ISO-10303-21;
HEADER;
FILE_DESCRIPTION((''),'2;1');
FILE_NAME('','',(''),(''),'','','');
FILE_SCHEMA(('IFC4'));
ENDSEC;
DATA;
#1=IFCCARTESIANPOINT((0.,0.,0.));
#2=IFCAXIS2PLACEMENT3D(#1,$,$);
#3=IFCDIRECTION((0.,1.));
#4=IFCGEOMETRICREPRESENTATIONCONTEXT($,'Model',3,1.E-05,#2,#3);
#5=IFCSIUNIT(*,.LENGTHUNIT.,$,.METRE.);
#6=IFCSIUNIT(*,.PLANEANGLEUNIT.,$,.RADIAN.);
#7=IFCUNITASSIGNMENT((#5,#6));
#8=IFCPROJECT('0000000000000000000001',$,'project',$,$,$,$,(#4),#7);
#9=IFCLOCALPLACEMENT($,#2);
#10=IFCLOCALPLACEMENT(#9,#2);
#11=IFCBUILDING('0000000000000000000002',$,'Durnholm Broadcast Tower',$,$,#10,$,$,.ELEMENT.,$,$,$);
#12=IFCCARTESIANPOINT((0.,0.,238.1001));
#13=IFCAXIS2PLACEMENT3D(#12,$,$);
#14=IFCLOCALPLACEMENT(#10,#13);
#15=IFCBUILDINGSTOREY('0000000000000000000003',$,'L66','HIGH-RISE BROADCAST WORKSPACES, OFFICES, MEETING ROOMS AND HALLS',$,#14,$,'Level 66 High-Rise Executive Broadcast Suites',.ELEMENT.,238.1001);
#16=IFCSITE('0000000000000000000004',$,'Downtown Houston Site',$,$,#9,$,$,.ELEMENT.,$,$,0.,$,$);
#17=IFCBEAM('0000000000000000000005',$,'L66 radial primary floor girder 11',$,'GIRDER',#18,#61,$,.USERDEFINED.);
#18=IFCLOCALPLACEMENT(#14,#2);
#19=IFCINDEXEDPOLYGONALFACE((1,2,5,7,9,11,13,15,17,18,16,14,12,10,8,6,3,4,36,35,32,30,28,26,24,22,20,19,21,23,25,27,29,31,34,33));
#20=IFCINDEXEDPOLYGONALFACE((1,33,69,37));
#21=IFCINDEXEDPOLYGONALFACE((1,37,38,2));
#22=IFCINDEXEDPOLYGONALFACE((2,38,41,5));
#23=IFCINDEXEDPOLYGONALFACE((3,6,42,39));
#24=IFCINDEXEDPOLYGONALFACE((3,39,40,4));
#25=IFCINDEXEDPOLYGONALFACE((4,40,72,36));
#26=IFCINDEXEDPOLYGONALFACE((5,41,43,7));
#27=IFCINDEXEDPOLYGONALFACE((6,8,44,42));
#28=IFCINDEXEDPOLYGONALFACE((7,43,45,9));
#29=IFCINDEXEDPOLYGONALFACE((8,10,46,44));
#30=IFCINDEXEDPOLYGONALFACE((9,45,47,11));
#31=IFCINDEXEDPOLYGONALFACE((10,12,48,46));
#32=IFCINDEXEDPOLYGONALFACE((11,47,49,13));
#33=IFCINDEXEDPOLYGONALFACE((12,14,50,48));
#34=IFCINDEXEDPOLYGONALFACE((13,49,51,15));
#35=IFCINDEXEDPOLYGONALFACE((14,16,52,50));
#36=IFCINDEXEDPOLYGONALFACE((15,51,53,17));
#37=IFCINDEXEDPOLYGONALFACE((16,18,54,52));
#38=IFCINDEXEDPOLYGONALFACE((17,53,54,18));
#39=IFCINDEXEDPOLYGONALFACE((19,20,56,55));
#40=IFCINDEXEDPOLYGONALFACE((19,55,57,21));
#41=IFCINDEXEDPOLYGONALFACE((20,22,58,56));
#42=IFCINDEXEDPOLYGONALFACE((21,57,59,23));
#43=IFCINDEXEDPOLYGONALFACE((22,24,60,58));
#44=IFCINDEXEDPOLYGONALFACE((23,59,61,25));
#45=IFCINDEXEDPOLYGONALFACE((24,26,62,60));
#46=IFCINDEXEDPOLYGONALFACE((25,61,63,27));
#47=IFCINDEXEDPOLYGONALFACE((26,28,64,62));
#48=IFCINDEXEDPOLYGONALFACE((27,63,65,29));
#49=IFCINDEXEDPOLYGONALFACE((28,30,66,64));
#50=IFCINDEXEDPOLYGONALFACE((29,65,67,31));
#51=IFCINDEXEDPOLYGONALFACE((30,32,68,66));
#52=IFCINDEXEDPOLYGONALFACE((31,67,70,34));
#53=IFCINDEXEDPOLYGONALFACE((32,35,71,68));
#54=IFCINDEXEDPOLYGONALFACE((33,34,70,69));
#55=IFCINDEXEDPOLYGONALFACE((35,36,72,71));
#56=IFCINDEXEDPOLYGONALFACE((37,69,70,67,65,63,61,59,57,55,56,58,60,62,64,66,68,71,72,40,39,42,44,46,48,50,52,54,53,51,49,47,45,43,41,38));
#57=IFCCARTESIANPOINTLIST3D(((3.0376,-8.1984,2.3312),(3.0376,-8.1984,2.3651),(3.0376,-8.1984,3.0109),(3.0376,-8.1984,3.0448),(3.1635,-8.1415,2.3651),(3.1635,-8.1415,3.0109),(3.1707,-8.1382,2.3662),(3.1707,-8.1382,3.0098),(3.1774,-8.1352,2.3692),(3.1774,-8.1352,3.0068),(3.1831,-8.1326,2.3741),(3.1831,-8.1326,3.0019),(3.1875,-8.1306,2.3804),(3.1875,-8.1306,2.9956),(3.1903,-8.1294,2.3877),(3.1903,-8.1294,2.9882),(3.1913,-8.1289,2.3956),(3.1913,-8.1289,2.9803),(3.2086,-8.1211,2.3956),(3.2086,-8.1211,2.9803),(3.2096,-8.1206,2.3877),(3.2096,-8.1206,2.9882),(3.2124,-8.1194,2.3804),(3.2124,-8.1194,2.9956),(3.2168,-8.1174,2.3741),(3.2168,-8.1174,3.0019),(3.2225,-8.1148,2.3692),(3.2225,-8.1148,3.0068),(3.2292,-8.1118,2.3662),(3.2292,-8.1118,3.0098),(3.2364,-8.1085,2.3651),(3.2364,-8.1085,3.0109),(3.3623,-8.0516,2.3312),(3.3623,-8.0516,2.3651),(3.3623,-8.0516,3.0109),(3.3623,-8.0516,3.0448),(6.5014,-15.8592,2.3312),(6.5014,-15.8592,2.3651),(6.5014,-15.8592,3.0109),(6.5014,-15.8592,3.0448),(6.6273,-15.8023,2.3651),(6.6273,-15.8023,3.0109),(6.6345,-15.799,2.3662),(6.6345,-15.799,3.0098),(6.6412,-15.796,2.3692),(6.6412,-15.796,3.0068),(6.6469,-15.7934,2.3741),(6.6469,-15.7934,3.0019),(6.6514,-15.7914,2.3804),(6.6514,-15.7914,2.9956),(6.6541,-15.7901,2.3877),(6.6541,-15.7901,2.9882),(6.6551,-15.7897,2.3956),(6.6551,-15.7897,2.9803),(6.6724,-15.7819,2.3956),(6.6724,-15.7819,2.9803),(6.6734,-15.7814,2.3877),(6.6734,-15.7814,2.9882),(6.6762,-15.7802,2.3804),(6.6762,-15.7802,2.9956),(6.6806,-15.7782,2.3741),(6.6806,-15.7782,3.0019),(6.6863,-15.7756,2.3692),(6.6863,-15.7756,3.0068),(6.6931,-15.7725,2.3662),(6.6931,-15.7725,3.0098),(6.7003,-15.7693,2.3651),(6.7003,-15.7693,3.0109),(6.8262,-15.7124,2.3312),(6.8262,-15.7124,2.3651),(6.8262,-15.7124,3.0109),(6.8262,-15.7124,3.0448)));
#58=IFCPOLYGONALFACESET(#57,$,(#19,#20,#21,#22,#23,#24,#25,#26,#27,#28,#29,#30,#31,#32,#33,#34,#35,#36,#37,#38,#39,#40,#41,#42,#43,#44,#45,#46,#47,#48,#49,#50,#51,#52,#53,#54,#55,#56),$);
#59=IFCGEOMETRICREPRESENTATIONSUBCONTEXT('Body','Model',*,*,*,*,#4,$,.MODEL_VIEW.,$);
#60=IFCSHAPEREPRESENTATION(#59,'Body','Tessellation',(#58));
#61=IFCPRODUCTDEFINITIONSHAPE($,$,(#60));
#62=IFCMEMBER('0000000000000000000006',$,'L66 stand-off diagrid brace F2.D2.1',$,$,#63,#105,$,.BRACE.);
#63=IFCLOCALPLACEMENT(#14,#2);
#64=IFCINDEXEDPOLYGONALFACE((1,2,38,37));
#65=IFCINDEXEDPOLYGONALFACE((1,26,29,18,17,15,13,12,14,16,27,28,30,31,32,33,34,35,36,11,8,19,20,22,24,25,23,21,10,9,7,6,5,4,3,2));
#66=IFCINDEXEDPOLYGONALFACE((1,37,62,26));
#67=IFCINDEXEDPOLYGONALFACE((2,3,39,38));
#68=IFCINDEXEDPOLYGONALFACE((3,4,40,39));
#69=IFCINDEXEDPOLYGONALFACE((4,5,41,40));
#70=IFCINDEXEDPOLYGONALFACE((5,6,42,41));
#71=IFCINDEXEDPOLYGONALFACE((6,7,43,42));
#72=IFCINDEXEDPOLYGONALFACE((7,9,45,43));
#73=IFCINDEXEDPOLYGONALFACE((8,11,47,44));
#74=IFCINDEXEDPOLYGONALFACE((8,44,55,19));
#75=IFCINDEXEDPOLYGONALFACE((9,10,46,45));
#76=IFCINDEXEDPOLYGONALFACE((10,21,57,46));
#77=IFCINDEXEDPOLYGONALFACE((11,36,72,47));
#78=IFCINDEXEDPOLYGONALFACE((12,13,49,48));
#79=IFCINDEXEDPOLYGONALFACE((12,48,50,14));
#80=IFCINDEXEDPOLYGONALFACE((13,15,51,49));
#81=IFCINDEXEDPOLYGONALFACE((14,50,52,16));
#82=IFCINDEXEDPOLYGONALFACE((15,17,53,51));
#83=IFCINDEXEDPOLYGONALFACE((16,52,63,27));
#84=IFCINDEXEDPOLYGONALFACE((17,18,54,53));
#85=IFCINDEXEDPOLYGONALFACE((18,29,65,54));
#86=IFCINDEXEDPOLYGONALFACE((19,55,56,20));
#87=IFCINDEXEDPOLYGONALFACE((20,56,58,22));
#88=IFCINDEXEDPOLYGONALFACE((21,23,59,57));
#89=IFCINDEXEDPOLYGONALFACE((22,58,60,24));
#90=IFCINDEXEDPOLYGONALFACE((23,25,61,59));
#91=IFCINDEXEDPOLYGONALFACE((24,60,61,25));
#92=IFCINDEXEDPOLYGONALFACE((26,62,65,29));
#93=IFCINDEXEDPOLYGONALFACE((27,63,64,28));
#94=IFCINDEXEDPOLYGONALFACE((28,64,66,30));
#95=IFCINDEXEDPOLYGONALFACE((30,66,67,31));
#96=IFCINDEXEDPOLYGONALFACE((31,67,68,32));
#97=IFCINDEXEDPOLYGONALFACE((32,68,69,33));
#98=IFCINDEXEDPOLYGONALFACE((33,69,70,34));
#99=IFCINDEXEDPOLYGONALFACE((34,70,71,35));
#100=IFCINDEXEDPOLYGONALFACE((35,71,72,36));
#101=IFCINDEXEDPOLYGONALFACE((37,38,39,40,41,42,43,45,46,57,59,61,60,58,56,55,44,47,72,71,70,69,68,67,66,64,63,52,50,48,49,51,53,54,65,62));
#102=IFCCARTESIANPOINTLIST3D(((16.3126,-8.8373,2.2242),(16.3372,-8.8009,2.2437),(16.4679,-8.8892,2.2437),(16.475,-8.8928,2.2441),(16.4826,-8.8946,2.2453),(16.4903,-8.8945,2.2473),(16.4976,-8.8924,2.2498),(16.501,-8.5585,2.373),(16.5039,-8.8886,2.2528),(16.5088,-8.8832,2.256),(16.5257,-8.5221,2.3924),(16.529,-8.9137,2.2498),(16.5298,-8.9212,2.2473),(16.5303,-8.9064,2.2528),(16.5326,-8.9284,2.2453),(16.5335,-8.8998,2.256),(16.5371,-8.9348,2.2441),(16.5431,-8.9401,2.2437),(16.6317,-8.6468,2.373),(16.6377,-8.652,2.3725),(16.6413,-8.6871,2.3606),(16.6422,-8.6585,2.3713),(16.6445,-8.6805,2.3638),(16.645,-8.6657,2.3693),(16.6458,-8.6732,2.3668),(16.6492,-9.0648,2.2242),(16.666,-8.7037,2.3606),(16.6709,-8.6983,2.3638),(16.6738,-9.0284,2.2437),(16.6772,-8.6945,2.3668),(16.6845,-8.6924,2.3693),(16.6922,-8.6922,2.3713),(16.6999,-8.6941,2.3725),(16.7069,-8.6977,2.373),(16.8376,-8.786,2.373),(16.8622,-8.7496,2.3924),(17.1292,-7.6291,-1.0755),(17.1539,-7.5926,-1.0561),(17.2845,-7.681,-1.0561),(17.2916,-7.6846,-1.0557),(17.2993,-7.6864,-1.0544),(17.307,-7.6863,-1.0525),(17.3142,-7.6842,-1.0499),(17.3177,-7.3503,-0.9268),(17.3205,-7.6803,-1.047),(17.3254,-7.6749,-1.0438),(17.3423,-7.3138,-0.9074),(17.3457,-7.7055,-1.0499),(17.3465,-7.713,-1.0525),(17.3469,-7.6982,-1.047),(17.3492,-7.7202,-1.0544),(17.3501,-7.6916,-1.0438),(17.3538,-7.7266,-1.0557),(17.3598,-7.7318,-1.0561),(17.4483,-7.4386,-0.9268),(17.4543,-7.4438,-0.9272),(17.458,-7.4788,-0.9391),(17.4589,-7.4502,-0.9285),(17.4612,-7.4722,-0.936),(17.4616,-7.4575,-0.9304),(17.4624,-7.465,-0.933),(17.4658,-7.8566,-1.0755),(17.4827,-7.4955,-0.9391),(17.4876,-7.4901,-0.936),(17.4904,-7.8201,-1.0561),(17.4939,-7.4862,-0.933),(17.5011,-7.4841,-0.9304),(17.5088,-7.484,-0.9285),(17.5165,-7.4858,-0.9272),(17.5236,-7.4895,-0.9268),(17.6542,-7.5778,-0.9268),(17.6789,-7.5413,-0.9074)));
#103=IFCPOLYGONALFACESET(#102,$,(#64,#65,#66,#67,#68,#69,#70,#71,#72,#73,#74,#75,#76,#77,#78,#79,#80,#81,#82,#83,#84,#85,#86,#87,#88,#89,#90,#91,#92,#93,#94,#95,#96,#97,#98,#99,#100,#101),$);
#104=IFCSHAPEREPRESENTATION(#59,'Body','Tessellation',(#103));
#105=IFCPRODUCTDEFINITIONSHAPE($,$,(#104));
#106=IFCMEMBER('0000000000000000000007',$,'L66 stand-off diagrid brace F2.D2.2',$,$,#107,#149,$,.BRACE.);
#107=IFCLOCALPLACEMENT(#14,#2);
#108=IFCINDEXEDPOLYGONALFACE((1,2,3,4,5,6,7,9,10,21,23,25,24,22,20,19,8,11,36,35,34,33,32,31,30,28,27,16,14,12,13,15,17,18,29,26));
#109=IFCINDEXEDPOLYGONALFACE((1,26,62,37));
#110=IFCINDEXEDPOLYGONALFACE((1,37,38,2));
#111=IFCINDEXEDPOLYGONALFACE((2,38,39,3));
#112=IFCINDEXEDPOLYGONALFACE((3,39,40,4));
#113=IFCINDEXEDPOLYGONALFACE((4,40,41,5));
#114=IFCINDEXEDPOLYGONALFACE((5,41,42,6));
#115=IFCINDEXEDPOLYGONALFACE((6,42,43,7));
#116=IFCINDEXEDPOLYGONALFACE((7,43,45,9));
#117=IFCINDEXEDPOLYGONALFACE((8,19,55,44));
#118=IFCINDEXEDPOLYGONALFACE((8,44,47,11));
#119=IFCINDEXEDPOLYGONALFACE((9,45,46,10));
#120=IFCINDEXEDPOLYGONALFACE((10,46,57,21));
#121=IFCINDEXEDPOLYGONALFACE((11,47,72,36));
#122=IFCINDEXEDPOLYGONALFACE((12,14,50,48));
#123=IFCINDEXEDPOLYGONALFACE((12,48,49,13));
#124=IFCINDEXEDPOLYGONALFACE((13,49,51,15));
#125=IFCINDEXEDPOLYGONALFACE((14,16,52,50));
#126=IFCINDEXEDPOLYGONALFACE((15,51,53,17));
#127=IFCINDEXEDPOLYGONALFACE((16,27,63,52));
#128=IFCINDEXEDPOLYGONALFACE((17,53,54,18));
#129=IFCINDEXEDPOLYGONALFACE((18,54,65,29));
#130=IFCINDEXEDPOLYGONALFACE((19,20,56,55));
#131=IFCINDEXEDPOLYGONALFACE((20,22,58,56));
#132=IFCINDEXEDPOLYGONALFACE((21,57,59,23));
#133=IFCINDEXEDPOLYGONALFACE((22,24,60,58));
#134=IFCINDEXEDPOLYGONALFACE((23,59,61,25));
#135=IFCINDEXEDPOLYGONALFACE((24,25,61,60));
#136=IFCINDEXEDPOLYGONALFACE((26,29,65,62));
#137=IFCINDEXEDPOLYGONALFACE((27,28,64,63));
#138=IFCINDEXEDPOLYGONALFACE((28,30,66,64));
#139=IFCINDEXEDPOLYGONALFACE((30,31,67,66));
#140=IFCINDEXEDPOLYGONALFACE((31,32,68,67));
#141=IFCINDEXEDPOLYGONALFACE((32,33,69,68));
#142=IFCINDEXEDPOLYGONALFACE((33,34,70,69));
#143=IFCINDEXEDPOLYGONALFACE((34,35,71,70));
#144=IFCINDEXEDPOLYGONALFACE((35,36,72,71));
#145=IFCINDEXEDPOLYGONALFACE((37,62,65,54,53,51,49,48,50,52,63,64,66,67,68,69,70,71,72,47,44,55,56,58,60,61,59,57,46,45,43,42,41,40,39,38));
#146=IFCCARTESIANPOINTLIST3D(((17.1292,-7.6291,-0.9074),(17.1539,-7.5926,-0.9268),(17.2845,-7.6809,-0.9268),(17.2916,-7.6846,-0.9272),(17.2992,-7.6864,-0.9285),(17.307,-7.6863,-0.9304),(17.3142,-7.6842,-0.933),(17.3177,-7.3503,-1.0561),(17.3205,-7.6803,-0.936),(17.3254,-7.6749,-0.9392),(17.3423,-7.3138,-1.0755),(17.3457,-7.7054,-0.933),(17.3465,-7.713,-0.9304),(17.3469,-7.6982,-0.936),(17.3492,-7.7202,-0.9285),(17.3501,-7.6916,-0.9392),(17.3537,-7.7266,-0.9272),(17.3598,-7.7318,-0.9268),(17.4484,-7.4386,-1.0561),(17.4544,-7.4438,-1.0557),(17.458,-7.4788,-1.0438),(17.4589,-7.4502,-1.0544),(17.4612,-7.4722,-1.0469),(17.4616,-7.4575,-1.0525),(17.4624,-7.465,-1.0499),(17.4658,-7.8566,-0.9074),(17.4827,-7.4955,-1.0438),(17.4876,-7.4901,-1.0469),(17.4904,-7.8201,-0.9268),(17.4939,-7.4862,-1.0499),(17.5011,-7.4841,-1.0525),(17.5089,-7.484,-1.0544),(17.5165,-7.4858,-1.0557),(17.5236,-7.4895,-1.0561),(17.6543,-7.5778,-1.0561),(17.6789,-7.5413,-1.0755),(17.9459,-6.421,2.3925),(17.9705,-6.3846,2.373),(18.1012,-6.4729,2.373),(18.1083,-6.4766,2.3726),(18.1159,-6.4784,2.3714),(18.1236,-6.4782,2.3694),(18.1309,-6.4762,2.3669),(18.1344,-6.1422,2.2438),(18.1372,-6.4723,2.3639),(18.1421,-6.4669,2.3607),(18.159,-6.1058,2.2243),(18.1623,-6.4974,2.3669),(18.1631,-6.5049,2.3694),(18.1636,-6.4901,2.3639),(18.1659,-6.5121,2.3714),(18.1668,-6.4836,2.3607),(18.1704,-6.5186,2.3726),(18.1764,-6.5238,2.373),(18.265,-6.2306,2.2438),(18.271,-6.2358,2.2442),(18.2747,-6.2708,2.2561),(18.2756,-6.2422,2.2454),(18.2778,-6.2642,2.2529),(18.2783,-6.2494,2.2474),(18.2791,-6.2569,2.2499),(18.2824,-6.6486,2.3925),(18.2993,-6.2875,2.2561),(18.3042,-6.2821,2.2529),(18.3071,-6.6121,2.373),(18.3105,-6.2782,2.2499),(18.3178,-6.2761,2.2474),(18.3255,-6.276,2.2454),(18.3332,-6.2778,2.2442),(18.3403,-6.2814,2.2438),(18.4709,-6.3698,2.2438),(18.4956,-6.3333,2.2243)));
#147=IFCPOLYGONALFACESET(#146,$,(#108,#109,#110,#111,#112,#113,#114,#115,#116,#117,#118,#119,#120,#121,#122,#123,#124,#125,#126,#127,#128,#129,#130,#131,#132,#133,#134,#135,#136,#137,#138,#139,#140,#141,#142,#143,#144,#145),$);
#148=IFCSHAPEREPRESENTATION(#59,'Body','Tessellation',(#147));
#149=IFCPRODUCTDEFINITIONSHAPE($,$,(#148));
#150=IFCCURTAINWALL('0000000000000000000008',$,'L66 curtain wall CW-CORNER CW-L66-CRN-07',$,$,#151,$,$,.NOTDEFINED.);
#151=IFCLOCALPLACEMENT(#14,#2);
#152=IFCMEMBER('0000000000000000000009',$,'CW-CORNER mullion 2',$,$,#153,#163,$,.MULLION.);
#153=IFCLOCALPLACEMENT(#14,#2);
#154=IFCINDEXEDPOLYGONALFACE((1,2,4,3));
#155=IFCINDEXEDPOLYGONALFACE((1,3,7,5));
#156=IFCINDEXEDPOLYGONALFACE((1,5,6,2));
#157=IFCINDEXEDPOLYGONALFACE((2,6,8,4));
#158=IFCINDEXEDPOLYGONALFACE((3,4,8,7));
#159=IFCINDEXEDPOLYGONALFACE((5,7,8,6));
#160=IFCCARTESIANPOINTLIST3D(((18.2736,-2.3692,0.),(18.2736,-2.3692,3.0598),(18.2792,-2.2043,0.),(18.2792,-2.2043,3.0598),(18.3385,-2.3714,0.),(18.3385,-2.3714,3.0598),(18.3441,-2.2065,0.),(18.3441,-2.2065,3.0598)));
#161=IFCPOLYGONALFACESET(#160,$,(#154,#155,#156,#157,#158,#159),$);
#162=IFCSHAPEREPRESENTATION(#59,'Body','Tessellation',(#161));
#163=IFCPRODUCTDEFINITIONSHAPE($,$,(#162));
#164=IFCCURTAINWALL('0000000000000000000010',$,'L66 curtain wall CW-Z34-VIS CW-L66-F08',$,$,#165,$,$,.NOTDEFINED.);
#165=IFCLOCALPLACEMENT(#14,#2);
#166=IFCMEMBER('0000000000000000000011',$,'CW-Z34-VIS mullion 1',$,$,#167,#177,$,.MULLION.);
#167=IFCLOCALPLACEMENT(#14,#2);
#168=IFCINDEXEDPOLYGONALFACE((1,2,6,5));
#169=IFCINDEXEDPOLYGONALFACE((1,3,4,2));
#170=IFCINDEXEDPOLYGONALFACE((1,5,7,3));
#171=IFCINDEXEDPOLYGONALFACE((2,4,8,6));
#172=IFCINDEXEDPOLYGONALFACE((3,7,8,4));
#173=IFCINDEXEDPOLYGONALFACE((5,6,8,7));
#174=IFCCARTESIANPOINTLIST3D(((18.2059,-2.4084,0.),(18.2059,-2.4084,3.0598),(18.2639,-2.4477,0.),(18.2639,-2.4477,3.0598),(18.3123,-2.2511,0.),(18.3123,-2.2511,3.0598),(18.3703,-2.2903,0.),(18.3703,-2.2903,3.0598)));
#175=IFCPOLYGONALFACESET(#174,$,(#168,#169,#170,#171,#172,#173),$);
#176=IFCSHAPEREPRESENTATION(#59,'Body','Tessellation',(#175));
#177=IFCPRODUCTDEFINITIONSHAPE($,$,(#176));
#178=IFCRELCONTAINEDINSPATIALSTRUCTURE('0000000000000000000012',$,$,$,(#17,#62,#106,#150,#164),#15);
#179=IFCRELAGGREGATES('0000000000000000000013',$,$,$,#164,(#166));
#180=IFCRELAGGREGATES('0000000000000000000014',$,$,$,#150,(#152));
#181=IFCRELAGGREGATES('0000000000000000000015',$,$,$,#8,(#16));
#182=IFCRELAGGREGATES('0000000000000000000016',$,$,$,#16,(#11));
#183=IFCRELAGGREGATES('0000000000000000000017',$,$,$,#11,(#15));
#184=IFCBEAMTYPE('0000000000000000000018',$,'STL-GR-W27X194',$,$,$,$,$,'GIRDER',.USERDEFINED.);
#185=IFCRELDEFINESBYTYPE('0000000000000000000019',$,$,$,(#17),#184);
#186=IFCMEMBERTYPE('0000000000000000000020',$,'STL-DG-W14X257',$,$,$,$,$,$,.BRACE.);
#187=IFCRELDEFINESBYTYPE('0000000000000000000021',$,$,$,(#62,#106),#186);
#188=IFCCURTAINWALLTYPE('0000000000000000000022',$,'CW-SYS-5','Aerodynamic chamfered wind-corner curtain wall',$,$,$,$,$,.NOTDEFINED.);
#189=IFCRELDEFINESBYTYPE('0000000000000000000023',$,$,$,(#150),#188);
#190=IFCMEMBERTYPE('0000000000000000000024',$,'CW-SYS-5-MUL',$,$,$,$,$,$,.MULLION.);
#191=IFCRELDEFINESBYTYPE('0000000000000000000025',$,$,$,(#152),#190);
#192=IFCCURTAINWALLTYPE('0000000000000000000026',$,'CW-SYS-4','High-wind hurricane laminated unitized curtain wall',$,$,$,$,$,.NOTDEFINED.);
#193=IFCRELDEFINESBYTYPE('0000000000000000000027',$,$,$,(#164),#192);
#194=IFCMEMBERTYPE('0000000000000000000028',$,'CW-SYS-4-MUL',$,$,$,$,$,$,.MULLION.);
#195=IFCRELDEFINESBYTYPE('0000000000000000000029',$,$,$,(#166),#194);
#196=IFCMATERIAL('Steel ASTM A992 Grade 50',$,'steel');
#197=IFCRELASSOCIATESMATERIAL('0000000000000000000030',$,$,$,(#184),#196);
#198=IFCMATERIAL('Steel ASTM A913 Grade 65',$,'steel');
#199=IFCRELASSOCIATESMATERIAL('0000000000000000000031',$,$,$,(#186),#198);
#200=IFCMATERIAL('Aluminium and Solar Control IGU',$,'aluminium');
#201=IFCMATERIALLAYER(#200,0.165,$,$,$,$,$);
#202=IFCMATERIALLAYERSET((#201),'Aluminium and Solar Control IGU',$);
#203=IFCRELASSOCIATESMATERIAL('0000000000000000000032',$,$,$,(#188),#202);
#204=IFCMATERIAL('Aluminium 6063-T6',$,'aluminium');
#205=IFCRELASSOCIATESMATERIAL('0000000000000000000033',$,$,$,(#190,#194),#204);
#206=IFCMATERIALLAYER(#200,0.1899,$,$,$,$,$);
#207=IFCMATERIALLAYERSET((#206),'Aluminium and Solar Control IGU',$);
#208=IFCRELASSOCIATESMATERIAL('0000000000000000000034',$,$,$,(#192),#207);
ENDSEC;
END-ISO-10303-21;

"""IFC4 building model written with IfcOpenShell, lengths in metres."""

from ifc_helpers import new_model, si_unit, direction, frame, origin, origin_2d, place, context, subcontext, project, spatial, rectangle, i_section, extrude, source, transform, mapped, material, layer, layer_set, material_profile, profile_set, type_object, type_shapes, element, aggregate, save


model = new_model("IFC4")

# Units and contexts
model_context = context("Model", 3, precision=1e-05, world=origin(), true_north=direction((0.0, 1.0)))
body_context = subcontext(model_context, "Body", "Model", "MODEL_VIEW")
ifc_project = project(units=[si_unit("LENGTHUNIT", "METRE"), si_unit("PLANEANGLEUNIT", "RADIAN")], contexts=[model_context])

# Site, building, storey
site_placement = place(None, origin())
site = spatial("IfcSite", under=ifc_project, at=site_placement, Name="Downtown Houston Site", CompositionType="ELEMENT", RefElevation=0.0)
building_placement = place(site_placement, origin())
building = spatial("IfcBuilding", under=site, at=building_placement, Name="Durnholm Broadcast Tower", CompositionType="ELEMENT")
storey_placement = place(building_placement, frame((0.0, 0.0, 238.1001)))
storey = spatial("IfcBuildingStorey", under=building, at=storey_placement, Name="L66", Description="HIGH-RISE BROADCAST WORKSPACES, OFFICES, MEETING ROOMS AND HALLS", LongName="Level 66 High-Rise Executive Broadcast Suites", CompositionType="ELEMENT", Elevation=238.1001)

# Beam
ifc_material_1 = material(Name="Steel ASTM A992 Grade 50", Category="steel")
ifc_material_profile_1 = material_profile(ifc_material_1, i_section(OverallWidth=0.3564, OverallDepth=0.7136, WebThickness=0.019, FlangeThickness=0.0339, FilletRadius=0.0305, at=origin_2d()), Name="W27X194")
ifc_profile_set_1 = profile_set([ifc_material_profile_1], Name="Steel ASTM A992 Grade 50")
beam_type_1 = type_object("IfcBeamType", Name="STL-GR-W27X194", ElementType="GIRDER", PredefinedType="USERDEFINED", material=ifc_profile_set_1)
shared_shape_1 = source(origin(), body_context, "Body", "SweptSolid", [
    extrude(i_section(OverallWidth=0.3564, OverallDepth=0.7136, WebThickness=0.019, FlangeThickness=0.0339, FilletRadius=0.0305, at=origin_2d()), origin(), (0.0, 0.0, 1.0), 8.4075),
])
beam_1_placement = place(storey_placement, frame((3.2, -8.125, 2.688), z_axis=(0.411993, -0.911187, 0.0), x_axis=(0.911187, 0.411993, 0.0)))
element("IfcBeam", 1, at=beam_1_placement, inside=storey, type_object=beam_type_1, Name="L66 radial primary floor girder 11", ObjectType="GIRDER", PredefinedType="USERDEFINED", context=body_context, shape_type="MappedRepresentation", body=[
    mapped(shared_shape_1, transform((0.0, 0.0, 0.0), x_axis=(1.0, 0.0, 0.0), y_axis=(0.0, 1.0, 0.0), z_axis=(0.0, 0.0, 1.0), scale=1.0)),
])

# Members
ifc_material_2 = material(Name="Steel ASTM A913 Grade 65", Category="steel")
ifc_material_profile_2 = material_profile(ifc_material_2, i_section(OverallWidth=0.4062, OverallDepth=0.416, WebThickness=0.0298, FlangeThickness=0.0481, FilletRadius=0.0305, at=origin_2d()), Name="W14X257")
ifc_profile_set_2 = profile_set([ifc_material_profile_2], Name="Steel ASTM A913 Grade 65")
member_type_1 = type_object("IfcMemberType", Name="STL-DG-W14X257", PredefinedType="BRACE", material=ifc_profile_set_2)
shared_shape_2 = source(origin(), body_context, "Body", "SweptSolid", [
    extrude(i_section(OverallWidth=0.4062, OverallDepth=0.416, WebThickness=0.0298, FlangeThickness=0.0481, FilletRadius=0.0305, at=origin_2d()), origin(), (0.0, 0.0, 1.0), 3.6077),
])
type_shapes(member_type_1, [shared_shape_2])
for number, where, z_axis, x_axis, name in (
    (2, (17.4041, -7.5852, -0.9915), (-0.226363, -0.334909, 0.914656), (0.828505, -0.559982, 0.0), "L66 stand-off diagrid brace F2.D2.1"),
    (3, (17.4041, -7.5852, -0.9915), (0.226368, 0.334849, 0.914677), (-0.828452, 0.560059, 0.0), "L66 stand-off diagrid brace F2.D2.2"),
):
    element("IfcMember", number, at=place(storey_placement, frame(where, z_axis=z_axis, x_axis=x_axis)), inside=storey, type_object=member_type_1, Name=name, PredefinedType="BRACE", context=body_context, shape_type="MappedRepresentation", body=[
        mapped(shared_shape_2, transform((0.0, 0.0, 0.0), x_axis=(1.0, 0.0, 0.0), y_axis=(0.0, 1.0, 0.0), z_axis=(0.0, 0.0, 1.0), scale=1.0)),
    ])

# Curtain wall, member
ifc_material_3 = material(Name="Aluminium and Solar Control IGU", Category="aluminium")
ifc_layer_1 = layer(ifc_material_3, 0.165)
ifc_layer_set_1 = layer_set([ifc_layer_1], Name="Aluminium and Solar Control IGU")
curtain_wall_type_1 = type_object("IfcCurtainWallType", Name="CW-SYS-5", Description="Aerodynamic chamfered wind-corner curtain wall", PredefinedType="NOTDEFINED", material=ifc_layer_set_1)
curtain_wall_1_placement = place(storey_placement, origin())
curtain_wall_1 = element("IfcCurtainWall", 4, at=curtain_wall_1_placement, inside=storey, type_object=curtain_wall_type_1, Name="L66 curtain wall CW-CORNER CW-L66-CRN-07", PredefinedType="NOTDEFINED")
ifc_material_4 = material(Name="Aluminium 6063-T6", Category="aluminium")
ifc_material_profile_3 = material_profile(ifc_material_4, rectangle(XDim=0.0649, YDim=0.165, at=origin_2d()), Name="CWM65X165")
ifc_profile_set_3 = profile_set([ifc_material_profile_3], Name="Aluminium 6063-T6")
member_type_2 = type_object("IfcMemberType", Name="CW-SYS-5-MUL", PredefinedType="MULLION", material=ifc_profile_set_3)
shared_shape_3 = source(origin(), body_context, "Body", "SweptSolid", [
    extrude(rectangle(XDim=0.0649, YDim=0.165, at=origin_2d()), origin(), (0.0, 0.0, 1.0), 3.0598),
])
type_shapes(member_type_2, [shared_shape_3])
member_1_placement = place(storey_placement, frame((18.3088, -2.2878, 0.0), z_axis=(0.0, 0.0, 1.0), x_axis=(0.999411, -0.034318, 0.0)))
member_1 = element("IfcMember", 5, at=member_1_placement, type_object=member_type_2, Name="CW-CORNER mullion 2", PredefinedType="MULLION", context=body_context, shape_type="MappedRepresentation", body=[
    mapped(shared_shape_3, transform((0.0, 0.0, 0.0), x_axis=(1.0, 0.0, 0.0), y_axis=(0.0, 1.0, 0.0), z_axis=(0.0, 0.0, 1.0), scale=1.0)),
])

# Curtain wall, member
ifc_layer_2 = layer(ifc_material_3, 0.1899)
ifc_layer_set_2 = layer_set([ifc_layer_2], Name="Aluminium and Solar Control IGU")
curtain_wall_type_2 = type_object("IfcCurtainWallType", Name="CW-SYS-4", Description="High-wind hurricane laminated unitized curtain wall", PredefinedType="NOTDEFINED", material=ifc_layer_set_2)
curtain_wall_2_placement = place(storey_placement, origin())
curtain_wall_2 = element("IfcCurtainWall", 6, at=curtain_wall_2_placement, inside=storey, type_object=curtain_wall_type_2, Name="L66 curtain wall CW-Z34-VIS CW-L66-F08", PredefinedType="NOTDEFINED")
ifc_material_profile_4 = material_profile(ifc_material_4, rectangle(XDim=0.0701, YDim=0.1899, at=origin_2d()), Name="CWM70X190")
ifc_profile_set_4 = profile_set([ifc_material_profile_4], Name="Aluminium 6063-T6")
member_type_3 = type_object("IfcMemberType", Name="CW-SYS-4-MUL", PredefinedType="MULLION", material=ifc_profile_set_4)
shared_shape_4 = source(origin(), body_context, "Body", "SweptSolid", [
    extrude(rectangle(XDim=0.0701, YDim=0.1899, at=origin_2d()), origin(), (0.0, 0.0, 1.0), 3.0598),
])
type_shapes(member_type_3, [shared_shape_4])
member_2_placement = place(storey_placement, frame((18.2881, -2.3494, 0.0), z_axis=(0.0, 0.0, 1.0), x_axis=(0.828443, -0.560073, 0.0)))
member_2 = element("IfcMember", 7, at=member_2_placement, type_object=member_type_3, Name="CW-Z34-VIS mullion 1", PredefinedType="MULLION", context=body_context, shape_type="MappedRepresentation", body=[
    mapped(shared_shape_4, transform((0.0, 0.0, 0.0), x_axis=(1.0, 0.0, 0.0), y_axis=(0.0, 1.0, 0.0), z_axis=(0.0, 0.0, 1.0), scale=1.0)),
])
aggregate(curtain_wall_2, [member_2])

aggregate(curtain_wall_1, [member_1])

save(model, "model.ifc")
